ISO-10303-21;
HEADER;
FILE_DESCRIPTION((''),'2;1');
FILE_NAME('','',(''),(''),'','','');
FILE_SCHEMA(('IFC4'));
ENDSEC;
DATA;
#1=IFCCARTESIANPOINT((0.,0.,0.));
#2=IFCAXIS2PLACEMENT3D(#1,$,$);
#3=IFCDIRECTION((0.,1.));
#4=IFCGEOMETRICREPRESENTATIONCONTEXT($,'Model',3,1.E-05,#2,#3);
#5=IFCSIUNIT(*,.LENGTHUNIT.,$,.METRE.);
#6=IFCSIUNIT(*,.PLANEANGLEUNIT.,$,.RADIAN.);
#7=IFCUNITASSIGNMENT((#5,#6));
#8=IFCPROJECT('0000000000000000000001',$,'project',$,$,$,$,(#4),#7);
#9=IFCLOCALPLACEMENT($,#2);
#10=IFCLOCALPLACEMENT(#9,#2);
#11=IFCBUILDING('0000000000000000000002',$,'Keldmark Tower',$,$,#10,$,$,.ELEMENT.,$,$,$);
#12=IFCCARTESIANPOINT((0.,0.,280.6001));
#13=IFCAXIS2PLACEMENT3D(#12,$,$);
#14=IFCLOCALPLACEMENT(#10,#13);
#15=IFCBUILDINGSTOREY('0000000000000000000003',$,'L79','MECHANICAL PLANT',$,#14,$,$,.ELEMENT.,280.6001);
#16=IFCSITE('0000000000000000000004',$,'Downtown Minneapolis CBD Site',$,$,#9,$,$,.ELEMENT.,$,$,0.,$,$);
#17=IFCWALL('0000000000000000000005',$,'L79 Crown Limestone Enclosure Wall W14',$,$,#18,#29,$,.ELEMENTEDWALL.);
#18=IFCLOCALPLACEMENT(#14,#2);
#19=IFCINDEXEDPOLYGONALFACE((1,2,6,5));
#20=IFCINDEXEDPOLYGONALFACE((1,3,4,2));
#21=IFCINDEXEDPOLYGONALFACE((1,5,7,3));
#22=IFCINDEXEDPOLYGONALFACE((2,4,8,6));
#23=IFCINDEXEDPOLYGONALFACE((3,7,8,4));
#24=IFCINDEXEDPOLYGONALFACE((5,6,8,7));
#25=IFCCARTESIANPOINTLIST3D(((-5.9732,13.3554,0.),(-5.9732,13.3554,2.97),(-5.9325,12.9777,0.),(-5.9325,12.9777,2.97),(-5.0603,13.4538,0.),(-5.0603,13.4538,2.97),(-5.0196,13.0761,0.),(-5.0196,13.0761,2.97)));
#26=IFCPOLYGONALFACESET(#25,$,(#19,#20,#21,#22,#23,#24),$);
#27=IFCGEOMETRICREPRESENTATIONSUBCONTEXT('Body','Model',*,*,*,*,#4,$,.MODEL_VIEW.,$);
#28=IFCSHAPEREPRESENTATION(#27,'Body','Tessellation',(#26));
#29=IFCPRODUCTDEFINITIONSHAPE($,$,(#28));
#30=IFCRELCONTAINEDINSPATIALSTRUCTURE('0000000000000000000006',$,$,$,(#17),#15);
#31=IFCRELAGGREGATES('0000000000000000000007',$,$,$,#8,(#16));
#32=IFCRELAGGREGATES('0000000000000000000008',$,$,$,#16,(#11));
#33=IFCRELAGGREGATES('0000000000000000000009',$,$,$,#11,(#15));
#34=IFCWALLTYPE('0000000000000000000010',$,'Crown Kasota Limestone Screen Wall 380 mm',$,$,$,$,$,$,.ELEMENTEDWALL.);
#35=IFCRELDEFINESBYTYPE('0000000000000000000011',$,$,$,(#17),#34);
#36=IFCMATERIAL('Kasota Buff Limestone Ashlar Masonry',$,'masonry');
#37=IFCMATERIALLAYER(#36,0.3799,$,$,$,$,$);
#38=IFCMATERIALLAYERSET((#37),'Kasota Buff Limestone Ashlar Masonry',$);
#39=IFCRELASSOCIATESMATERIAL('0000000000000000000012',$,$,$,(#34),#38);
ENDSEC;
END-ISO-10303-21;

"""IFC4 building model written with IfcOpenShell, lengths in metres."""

from ifc_helpers import new_model, si_unit, direction, frame, frame_2d, origin, place, context, subcontext, project, spatial, rectangle, extrude, material, layer, layer_set, type_object, element, save


model = new_model("IFC4")

# Units and contexts
model_context = context("Model", 3, precision=1e-05, world=origin(), true_north=direction((0.0, 1.0)))
body_context = subcontext(model_context, "Body", "Model", "MODEL_VIEW")
ifc_project = project(units=[si_unit("LENGTHUNIT", "METRE"), si_unit("PLANEANGLEUNIT", "RADIAN")], contexts=[model_context])

# Site, building, storey
site_placement = place(None, origin())
site = spatial("IfcSite", under=ifc_project, at=site_placement, Name="Downtown Minneapolis CBD Site", CompositionType="ELEMENT", RefElevation=0.0)
building_placement = place(site_placement, origin())
building = spatial("IfcBuilding", under=site, at=building_placement, Name="Keldmark Tower", CompositionType="ELEMENT")
storey_placement = place(building_placement, frame((0.0, 0.0, 280.6001)))
storey = spatial("IfcBuildingStorey", under=building, at=storey_placement, Name="L79", Description="MECHANICAL PLANT", CompositionType="ELEMENT", Elevation=280.6001)

# Wall
ifc_material_1 = material(Name="Kasota Buff Limestone Ashlar Masonry", Category="masonry")
ifc_layer_1 = layer(ifc_material_1, 0.3799)
ifc_layer_set_1 = layer_set([ifc_layer_1], Name="Kasota Buff Limestone Ashlar Masonry")
wall_type = type_object("IfcWallType", Name="Crown Kasota Limestone Screen Wall 380 mm", PredefinedType="ELEMENTEDWALL", material=ifc_layer_set_1)
wall_placement = place(storey_placement, frame((-5.04, 13.2649, 0.0), z_axis=(0.0, 0.0, 1.0), x_axis=(-0.994242, -0.107162, 0.0)))
element("IfcWall", 1, at=wall_placement, inside=storey, type_object=wall_type, Name="L79 Crown Limestone Enclosure Wall W14", PredefinedType="ELEMENTEDWALL", context=body_context, shape_type="SweptSolid", body=[
    extrude(rectangle(XDim=0.9182, YDim=0.3799, at=frame_2d((0.459, 0.0))), origin(), (0.0, 0.0, 1.0), 2.97),
])

save(model, "model.ifc")
